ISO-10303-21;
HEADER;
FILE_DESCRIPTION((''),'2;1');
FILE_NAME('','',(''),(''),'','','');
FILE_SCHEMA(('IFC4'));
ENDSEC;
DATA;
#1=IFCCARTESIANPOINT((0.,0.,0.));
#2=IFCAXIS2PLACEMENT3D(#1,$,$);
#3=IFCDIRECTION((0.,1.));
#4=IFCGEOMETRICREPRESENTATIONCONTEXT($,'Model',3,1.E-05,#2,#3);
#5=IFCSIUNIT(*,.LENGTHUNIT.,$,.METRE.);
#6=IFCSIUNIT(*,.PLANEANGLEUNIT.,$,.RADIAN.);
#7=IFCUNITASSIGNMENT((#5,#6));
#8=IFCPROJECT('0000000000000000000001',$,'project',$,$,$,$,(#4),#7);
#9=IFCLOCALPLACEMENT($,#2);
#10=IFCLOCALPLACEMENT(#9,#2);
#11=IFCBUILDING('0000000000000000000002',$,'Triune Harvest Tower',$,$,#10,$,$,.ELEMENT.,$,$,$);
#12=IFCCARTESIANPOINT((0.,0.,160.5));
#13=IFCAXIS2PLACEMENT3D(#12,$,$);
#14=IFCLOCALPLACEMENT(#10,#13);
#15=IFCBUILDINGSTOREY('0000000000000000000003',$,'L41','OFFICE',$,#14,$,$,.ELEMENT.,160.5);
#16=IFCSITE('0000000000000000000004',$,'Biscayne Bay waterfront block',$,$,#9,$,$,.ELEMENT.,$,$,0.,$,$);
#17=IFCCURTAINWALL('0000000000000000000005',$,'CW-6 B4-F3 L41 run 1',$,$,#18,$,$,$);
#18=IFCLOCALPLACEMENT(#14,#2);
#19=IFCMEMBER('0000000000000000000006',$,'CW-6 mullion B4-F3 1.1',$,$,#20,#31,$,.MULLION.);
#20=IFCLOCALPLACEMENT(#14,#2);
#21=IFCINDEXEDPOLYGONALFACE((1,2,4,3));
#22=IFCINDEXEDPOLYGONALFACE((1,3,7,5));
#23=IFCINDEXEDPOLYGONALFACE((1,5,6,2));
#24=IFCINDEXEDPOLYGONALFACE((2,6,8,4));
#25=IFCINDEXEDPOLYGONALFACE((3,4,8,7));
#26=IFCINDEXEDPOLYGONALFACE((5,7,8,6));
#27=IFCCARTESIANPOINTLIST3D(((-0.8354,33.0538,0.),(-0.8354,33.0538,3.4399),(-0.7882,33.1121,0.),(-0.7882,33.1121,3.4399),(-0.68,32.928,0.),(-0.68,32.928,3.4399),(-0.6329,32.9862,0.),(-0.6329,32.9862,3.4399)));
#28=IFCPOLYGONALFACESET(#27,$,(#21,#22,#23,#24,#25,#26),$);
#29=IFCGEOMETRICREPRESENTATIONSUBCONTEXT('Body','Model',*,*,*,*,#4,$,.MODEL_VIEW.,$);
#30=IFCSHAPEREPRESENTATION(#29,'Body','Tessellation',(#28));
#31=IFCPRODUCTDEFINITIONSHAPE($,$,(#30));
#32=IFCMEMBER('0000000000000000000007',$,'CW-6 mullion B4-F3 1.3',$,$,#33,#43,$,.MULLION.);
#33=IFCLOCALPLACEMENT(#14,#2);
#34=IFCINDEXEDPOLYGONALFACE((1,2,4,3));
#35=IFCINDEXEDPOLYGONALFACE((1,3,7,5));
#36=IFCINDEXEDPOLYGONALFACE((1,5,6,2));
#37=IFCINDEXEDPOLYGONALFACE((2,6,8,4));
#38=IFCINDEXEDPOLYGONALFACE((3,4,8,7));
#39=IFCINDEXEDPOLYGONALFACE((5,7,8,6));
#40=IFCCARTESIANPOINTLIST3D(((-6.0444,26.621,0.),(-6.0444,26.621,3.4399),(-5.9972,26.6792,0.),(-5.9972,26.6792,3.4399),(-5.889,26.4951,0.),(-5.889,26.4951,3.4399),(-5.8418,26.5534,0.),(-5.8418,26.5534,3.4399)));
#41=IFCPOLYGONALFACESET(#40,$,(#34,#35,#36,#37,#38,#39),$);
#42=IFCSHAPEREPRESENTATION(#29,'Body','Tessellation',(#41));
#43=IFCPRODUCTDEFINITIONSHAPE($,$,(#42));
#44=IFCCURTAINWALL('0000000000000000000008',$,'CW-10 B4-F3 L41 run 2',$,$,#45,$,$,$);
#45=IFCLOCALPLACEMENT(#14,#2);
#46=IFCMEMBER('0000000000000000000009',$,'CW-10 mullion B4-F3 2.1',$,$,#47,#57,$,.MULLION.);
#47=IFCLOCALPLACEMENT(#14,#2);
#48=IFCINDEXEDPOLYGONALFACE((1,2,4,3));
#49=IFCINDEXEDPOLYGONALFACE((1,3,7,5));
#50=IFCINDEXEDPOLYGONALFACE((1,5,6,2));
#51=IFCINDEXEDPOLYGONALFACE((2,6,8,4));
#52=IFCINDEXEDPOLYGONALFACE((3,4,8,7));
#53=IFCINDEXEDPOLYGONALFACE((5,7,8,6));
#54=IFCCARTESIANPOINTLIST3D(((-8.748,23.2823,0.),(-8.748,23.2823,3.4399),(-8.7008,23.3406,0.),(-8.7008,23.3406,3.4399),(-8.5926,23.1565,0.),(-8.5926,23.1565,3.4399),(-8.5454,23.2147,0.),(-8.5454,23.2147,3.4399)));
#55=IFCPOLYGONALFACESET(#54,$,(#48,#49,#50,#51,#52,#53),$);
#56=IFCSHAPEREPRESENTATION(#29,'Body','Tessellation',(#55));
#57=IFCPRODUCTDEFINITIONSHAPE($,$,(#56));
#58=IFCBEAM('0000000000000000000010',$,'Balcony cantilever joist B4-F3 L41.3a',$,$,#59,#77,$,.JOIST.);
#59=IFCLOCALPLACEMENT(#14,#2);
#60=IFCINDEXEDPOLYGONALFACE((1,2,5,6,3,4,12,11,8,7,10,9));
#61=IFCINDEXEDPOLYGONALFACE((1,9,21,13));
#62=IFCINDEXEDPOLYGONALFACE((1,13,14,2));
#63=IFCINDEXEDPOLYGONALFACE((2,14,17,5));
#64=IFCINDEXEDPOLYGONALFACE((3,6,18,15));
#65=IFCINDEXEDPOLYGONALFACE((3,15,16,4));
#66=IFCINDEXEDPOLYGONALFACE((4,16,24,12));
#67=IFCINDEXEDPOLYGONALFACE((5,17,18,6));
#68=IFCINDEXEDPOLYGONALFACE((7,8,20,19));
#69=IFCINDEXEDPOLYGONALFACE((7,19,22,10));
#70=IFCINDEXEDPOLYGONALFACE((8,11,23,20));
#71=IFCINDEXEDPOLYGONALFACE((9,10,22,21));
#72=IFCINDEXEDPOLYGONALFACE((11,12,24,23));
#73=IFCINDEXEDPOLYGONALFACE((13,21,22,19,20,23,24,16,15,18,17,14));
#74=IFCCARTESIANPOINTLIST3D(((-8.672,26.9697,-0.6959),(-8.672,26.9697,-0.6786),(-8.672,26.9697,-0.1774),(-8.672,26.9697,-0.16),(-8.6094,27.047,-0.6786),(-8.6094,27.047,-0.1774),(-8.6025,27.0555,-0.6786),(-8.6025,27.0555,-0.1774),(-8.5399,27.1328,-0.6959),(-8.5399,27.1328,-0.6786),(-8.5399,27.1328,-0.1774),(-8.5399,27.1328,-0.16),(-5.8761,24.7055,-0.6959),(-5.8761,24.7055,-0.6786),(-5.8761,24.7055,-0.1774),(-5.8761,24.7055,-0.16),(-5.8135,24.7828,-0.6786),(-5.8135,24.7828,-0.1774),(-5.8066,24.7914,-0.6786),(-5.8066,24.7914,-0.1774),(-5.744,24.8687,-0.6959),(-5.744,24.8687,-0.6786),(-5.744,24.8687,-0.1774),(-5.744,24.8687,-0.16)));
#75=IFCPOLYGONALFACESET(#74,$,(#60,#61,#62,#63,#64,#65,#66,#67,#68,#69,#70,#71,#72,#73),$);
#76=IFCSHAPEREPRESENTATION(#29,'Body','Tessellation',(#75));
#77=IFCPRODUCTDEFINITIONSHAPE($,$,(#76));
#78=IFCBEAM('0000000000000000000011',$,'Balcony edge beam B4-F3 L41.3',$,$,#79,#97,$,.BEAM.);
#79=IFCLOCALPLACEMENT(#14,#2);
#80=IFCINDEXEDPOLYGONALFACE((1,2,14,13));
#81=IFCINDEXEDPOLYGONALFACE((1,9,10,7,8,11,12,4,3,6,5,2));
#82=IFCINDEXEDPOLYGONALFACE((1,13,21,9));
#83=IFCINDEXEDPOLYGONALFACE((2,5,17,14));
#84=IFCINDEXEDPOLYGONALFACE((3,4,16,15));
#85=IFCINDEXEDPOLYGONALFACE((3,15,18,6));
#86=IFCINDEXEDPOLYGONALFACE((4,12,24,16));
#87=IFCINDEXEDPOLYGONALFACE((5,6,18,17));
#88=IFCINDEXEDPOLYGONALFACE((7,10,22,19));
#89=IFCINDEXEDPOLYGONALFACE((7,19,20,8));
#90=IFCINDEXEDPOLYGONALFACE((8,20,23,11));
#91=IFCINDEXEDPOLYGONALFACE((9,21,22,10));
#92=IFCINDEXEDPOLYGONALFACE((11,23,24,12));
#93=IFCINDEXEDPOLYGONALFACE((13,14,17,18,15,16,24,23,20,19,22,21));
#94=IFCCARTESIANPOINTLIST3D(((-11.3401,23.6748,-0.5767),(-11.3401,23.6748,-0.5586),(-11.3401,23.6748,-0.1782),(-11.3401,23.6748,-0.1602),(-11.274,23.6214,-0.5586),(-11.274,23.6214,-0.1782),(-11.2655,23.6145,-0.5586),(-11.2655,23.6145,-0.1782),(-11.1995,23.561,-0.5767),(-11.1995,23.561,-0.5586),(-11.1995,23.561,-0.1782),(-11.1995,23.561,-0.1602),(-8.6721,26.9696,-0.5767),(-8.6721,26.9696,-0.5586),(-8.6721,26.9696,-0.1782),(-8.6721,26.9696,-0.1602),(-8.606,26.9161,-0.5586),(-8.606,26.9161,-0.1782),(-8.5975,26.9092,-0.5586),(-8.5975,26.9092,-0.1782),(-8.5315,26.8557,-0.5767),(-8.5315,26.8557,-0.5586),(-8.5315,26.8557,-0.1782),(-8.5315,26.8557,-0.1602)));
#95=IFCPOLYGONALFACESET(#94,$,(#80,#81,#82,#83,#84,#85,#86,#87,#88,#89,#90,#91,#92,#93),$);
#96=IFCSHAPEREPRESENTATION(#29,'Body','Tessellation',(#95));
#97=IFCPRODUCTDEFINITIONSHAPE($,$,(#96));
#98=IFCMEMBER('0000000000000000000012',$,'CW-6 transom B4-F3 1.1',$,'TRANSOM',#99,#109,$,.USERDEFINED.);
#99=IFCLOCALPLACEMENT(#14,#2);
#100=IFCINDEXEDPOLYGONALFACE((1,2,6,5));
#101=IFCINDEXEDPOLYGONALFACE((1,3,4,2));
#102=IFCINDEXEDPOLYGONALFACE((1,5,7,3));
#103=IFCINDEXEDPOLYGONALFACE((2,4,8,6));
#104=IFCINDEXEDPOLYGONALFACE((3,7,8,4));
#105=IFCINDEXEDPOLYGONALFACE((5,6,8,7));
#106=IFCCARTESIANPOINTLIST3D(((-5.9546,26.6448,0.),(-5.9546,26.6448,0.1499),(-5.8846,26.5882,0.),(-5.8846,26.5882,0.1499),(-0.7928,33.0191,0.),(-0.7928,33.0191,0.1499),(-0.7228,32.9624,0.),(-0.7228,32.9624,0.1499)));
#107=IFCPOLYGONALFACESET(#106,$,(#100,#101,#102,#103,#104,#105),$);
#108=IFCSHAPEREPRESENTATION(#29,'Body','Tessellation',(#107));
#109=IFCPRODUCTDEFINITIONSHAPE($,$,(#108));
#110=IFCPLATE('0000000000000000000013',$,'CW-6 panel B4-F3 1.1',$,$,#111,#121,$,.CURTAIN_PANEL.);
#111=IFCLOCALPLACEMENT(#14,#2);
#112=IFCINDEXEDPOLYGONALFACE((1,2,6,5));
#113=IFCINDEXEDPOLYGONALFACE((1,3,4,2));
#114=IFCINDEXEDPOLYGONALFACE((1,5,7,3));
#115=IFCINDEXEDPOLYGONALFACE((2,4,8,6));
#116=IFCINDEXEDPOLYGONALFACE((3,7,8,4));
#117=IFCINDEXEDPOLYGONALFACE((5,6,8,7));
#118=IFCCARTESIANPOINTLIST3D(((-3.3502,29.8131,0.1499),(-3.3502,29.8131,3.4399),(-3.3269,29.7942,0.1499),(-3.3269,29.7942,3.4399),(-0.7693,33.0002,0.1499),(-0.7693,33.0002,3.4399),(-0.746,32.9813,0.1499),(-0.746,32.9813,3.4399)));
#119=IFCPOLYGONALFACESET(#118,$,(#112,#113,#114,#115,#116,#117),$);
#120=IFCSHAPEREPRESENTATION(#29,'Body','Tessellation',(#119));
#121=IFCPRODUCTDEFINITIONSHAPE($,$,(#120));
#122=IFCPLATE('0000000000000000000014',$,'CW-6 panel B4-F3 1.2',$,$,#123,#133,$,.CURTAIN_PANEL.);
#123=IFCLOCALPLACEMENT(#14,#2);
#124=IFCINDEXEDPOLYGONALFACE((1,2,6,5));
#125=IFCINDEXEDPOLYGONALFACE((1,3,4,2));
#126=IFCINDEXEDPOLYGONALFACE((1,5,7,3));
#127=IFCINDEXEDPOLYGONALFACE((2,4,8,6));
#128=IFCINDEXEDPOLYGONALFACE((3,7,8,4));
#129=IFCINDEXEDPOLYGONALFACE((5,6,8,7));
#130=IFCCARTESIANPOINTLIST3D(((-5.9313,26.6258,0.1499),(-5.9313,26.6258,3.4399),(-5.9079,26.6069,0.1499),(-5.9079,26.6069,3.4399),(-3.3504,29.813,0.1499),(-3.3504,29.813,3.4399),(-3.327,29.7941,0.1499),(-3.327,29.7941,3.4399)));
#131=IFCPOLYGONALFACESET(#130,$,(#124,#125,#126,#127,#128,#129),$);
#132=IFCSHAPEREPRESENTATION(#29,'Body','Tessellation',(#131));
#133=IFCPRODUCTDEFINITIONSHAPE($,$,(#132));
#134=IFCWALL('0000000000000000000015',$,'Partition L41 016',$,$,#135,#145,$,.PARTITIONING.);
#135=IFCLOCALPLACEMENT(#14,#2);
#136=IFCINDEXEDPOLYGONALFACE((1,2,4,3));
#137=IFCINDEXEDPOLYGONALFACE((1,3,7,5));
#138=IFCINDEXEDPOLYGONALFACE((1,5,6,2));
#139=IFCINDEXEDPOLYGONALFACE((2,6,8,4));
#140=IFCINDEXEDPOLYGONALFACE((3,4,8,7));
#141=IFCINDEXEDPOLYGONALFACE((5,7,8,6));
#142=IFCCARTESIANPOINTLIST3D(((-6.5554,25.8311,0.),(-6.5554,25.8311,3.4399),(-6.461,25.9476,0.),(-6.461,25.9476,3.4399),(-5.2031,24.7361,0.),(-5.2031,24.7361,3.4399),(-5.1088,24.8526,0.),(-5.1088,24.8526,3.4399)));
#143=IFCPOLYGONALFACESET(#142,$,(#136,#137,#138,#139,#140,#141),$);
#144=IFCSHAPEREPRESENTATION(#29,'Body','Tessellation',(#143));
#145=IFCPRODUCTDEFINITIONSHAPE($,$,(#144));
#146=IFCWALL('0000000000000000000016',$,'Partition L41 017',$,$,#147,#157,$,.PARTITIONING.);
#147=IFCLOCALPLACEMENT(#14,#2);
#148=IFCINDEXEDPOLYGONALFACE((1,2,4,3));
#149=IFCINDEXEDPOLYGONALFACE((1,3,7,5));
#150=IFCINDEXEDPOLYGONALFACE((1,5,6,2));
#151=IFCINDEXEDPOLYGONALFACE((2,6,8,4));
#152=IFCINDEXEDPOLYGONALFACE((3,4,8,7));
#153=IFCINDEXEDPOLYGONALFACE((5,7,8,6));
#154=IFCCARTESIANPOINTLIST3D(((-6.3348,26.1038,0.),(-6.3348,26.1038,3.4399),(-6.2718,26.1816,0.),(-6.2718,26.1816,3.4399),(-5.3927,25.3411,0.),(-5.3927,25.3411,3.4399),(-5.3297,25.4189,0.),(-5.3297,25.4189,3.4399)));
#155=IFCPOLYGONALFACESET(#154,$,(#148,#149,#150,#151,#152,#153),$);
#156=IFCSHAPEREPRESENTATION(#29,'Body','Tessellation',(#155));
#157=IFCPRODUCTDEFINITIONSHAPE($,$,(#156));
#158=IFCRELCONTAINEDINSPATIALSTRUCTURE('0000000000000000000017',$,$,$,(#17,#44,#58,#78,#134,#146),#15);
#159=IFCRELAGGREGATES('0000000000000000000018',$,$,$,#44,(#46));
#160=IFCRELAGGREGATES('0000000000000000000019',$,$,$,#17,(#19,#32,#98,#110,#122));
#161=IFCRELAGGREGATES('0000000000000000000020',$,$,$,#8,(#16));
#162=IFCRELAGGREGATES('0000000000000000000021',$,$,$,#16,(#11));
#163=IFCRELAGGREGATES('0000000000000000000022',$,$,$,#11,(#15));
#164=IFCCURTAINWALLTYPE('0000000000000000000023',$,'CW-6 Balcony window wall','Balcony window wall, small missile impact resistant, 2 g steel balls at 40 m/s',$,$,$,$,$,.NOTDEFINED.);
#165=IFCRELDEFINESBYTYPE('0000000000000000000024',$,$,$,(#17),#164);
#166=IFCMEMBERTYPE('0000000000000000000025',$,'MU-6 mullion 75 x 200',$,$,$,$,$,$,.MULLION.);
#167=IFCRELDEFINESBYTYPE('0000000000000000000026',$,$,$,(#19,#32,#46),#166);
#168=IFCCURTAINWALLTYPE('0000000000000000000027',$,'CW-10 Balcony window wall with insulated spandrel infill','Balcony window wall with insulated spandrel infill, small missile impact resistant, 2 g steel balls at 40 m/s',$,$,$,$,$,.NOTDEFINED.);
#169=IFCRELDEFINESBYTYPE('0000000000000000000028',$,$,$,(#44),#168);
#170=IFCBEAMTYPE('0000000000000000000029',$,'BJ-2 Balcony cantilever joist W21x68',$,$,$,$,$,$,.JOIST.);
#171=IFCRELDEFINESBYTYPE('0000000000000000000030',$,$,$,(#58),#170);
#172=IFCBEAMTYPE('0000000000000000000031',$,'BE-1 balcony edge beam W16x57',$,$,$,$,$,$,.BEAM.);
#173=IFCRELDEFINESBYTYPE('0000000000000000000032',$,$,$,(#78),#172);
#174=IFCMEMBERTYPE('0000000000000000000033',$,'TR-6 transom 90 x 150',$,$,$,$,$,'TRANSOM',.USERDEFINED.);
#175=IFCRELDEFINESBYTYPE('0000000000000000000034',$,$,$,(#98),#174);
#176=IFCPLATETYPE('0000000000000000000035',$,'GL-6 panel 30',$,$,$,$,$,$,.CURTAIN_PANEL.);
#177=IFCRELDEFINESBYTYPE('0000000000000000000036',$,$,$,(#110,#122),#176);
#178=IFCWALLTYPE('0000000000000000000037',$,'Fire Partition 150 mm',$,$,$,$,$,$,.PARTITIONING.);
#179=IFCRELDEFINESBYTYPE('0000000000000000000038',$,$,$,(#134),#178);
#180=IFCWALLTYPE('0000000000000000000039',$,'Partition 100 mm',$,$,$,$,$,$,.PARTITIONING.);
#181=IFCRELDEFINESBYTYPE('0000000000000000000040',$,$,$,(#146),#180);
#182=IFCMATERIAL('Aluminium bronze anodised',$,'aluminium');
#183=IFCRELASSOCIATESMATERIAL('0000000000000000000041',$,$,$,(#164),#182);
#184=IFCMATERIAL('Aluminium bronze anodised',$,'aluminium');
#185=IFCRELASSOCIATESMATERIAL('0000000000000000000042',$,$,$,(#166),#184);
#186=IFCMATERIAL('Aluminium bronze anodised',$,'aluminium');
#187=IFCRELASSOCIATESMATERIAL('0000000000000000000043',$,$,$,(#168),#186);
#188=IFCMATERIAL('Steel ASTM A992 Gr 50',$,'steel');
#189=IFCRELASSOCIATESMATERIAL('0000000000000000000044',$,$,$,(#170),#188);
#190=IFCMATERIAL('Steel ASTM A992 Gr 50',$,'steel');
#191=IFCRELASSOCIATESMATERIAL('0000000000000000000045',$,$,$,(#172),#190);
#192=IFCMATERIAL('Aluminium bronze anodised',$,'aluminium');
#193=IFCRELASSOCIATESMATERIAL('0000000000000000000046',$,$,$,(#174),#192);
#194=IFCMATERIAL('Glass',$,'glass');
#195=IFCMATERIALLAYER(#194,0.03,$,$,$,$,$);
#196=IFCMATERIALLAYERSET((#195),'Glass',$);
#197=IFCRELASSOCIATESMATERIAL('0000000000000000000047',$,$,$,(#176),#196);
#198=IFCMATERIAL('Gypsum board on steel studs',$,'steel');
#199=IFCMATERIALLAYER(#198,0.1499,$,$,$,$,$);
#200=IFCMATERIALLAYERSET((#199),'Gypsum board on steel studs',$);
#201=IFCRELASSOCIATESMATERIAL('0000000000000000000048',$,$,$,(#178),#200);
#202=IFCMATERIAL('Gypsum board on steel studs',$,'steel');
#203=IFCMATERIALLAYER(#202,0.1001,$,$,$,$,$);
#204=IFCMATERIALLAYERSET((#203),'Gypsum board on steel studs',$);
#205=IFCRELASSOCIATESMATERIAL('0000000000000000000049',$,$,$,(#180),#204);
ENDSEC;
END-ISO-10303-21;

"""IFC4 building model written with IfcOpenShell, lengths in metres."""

from ifc_helpers import new_model, si_unit, direction, frame, frame_2d, origin, origin_2d, place, context, subcontext, project, spatial, rectangle, i_section, extrude, source, transform, mapped, material, layer, layer_set, material_profile, profile_set, type_object, element, aggregate, save


model = new_model("IFC4")

# Units and contexts
model_context = context("Model", 3, precision=1e-05, world=origin(), true_north=direction((0.0, 1.0)))
body_context = subcontext(model_context, "Body", "Model", "MODEL_VIEW")
ifc_project = project(units=[si_unit("LENGTHUNIT", "METRE"), si_unit("PLANEANGLEUNIT", "RADIAN")], contexts=[model_context])

# Site, building, storey
site_placement = place(None, origin())
site = spatial("IfcSite", under=ifc_project, at=site_placement, Name="Biscayne Bay waterfront block", CompositionType="ELEMENT", RefElevation=0.0)
building_placement = place(site_placement, origin())
building = spatial("IfcBuilding", under=site, at=building_placement, Name="Triune Harvest Tower", CompositionType="ELEMENT")
storey_placement = place(building_placement, frame((0.0, 0.0, 160.5)))
storey = spatial("IfcBuildingStorey", under=building, at=storey_placement, Name="L41", Description="OFFICE", CompositionType="ELEMENT", Elevation=160.5)

# Curtain wall, members
ifc_material_1 = material(Name="Aluminium bronze anodised", Category="aluminium")
curtain_wall_type_1 = type_object("IfcCurtainWallType", Name="CW-6 Balcony window wall", Description="Balcony window wall, small missile impact resistant, 2 g steel balls at 40 m/s", PredefinedType="NOTDEFINED", material=ifc_material_1)
curtain_wall_1_placement = place(storey_placement, origin())
curtain_wall_1 = element("IfcCurtainWall", 1, at=curtain_wall_1_placement, inside=storey, type_object=curtain_wall_type_1, Name="CW-6 B4-F3 L41 run 1")
ifc_material_2 = material(Name="Aluminium bronze anodised", Category="aluminium")
ifc_material_profile_1 = material_profile(ifc_material_2, rectangle(XDim=0.2, YDim=0.075, at=origin_2d()), Name="MU-6 mullion 75 x 200")
ifc_profile_set_1 = profile_set([ifc_material_profile_1], Name="Aluminium bronze anodised")
member_type_1 = type_object("IfcMemberType", Name="MU-6 mullion 75 x 200", PredefinedType="MULLION", material=ifc_profile_set_1)
shared_shape_1 = source(origin(), body_context, "Body", "SweptSolid", [
    extrude(rectangle(XDim=0.2, YDim=0.075, at=origin_2d()), origin(), (0.0, 0.0, 1.0), 3.4399),
])
member_1_placement = place(storey_placement, frame((-0.7341, 33.02, 0.0), z_axis=(0.0, 0.0, 1.0), x_axis=(0.777145, -0.629321, 0.0)))
member_1 = element("IfcMember", 2, at=member_1_placement, type_object=member_type_1, Name="CW-6 mullion B4-F3 1.1", PredefinedType="MULLION", context=body_context, shape_type="MappedRepresentation", body=[
    mapped(shared_shape_1, transform((0.0, 0.0, 0.0), scale=1.0)),
])
member_2_placement = place(storey_placement, frame((-5.9431, 26.5872, 0.0), z_axis=(0.0, 0.0, 1.0), x_axis=(0.777145, -0.629321, 0.0)))
member_2 = element("IfcMember", 3, at=member_2_placement, type_object=member_type_1, Name="CW-6 mullion B4-F3 1.3", PredefinedType="MULLION", context=body_context, shape_type="MappedRepresentation", body=[
    mapped(shared_shape_1, transform((0.0, 0.0, 0.0), scale=1.0)),
])

# Curtain wall, member
ifc_material_3 = material(Name="Aluminium bronze anodised", Category="aluminium")
curtain_wall_type_2 = type_object("IfcCurtainWallType", Name="CW-10 Balcony window wall with insulated spandrel infill", Description="Balcony window wall with insulated spandrel infill, small missile impact resistant, 2 g steel balls at 40 m/s", PredefinedType="NOTDEFINED", material=ifc_material_3)
curtain_wall_2_placement = place(storey_placement, origin())
curtain_wall_2 = element("IfcCurtainWall", 4, at=curtain_wall_2_placement, inside=storey, type_object=curtain_wall_type_2, Name="CW-10 B4-F3 L41 run 2")
member_3_placement = place(storey_placement, frame((-8.6467, 23.2485, 0.0), z_axis=(0.0, 0.0, 1.0), x_axis=(0.777142, -0.629325, 0.0)))
member_3 = element("IfcMember", 5, at=member_3_placement, type_object=member_type_1, Name="CW-10 mullion B4-F3 2.1", PredefinedType="MULLION", context=body_context, shape_type="MappedRepresentation", body=[
    mapped(shared_shape_1, transform((0.0, 0.0, 0.0), scale=1.0)),
])
aggregate(curtain_wall_2, [member_3])

# Beams
ifc_material_4 = material(Name="Steel ASTM A992 Gr 50", Category="steel")
ifc_material_profile_2 = material_profile(ifc_material_4, i_section(OverallWidth=0.21, OverallDepth=0.5359, WebThickness=0.011, FlangeThickness=0.0173, at=origin_2d()), Name="W21x68")
ifc_profile_set_2 = profile_set([ifc_material_profile_2], Name="Steel ASTM A992 Gr 50")
beam_type_1 = type_object("IfcBeamType", Name="BJ-2 Balcony cantilever joist W21x68", PredefinedType="JOIST", material=ifc_profile_set_2)
shared_shape_2 = source(origin(), body_context, "Body", "SweptSolid", [
    extrude(i_section(OverallWidth=0.21, OverallDepth=0.5359, WebThickness=0.011, FlangeThickness=0.0173, at=origin_2d()), origin(), (0.0, 0.0, 1.0), 3.5977),
])
beam_1_placement = place(storey_placement, frame((-5.8101, 24.7871, -0.428), z_axis=(-0.777134, 0.629335, 0.0), x_axis=(-0.629335, -0.777134, 0.0)))
element("IfcBeam", 6, at=beam_1_placement, inside=storey, type_object=beam_type_1, Name="Balcony cantilever joist B4-F3 L41.3a", PredefinedType="JOIST", context=body_context, shape_type="MappedRepresentation", body=[
    mapped(shared_shape_2, transform((0.0, 0.0, 0.0), scale=1.0)),
])
ifc_material_5 = material(Name="Steel ASTM A992 Gr 50", Category="steel")
ifc_material_profile_3 = material_profile(ifc_material_5, i_section(OverallWidth=0.1809, OverallDepth=0.4165, WebThickness=0.011, FlangeThickness=0.0181, at=origin_2d()), Name="W16x57")
ifc_profile_set_3 = profile_set([ifc_material_profile_3], Name="Steel ASTM A992 Gr 50")
beam_type_2 = type_object("IfcBeamType", Name="BE-1 balcony edge beam W16x57", PredefinedType="BEAM", material=ifc_profile_set_3)
shared_shape_3 = source(origin(), body_context, "Body", "SweptSolid", [
    extrude(i_section(OverallWidth=0.1809, OverallDepth=0.4165, WebThickness=0.011, FlangeThickness=0.0181, at=origin_2d()), origin(), (0.0, 0.0, 1.0), 4.2395),
])
beam_2_placement = place(storey_placement, frame((-11.2698, 23.6179, -0.3684), z_axis=(0.629319, 0.777147, 0.0), x_axis=(-0.777147, 0.629319, 0.0)))
element("IfcBeam", 7, at=beam_2_placement, inside=storey, type_object=beam_type_2, Name="Balcony edge beam B4-F3 L41.3", PredefinedType="BEAM", context=body_context, shape_type="MappedRepresentation", body=[
    mapped(shared_shape_3, transform((0.0, 0.0, 0.0), scale=1.0)),
])

# Member
ifc_material_6 = material(Name="Aluminium bronze anodised", Category="aluminium")
ifc_material_profile_4 = material_profile(ifc_material_6, rectangle(XDim=0.0901, YDim=0.1499, at=origin_2d()), Name="TR-6 transom 90 x 150")
ifc_profile_set_4 = profile_set([ifc_material_profile_4], Name="Aluminium bronze anodised")
member_type_2 = type_object("IfcMemberType", Name="TR-6 transom 90 x 150", ElementType="TRANSOM", PredefinedType="USERDEFINED", material=ifc_profile_set_4)
shared_shape_4 = source(origin(), body_context, "Body", "SweptSolid", [
    extrude(rectangle(XDim=0.0901, YDim=0.1499, at=origin_2d()), origin(), (0.0, 0.0, 1.0), 8.2021),
])
member_4_placement = place(storey_placement, frame((-0.7578, 32.9907, 0.075), z_axis=(-0.629327, -0.777141, 0.0), x_axis=(0.777141, -0.629327, 0.0)))
member_4 = element("IfcMember", 8, at=member_4_placement, type_object=member_type_2, Name="CW-6 transom B4-F3 1.1", ObjectType="TRANSOM", PredefinedType="USERDEFINED", context=body_context, shape_type="MappedRepresentation", body=[
    mapped(shared_shape_4, transform((0.0, 0.0, 0.0), scale=1.0)),
])

# Plates
ifc_material_7 = material(Name="Glass", Category="glass")
ifc_layer_1 = layer(ifc_material_7, 0.03)
ifc_layer_set_1 = layer_set([ifc_layer_1], Name="Glass")
plate_type = type_object("IfcPlateType", Name="GL-6 panel 30", PredefinedType="CURTAIN_PANEL", material=ifc_layer_set_1)
shared_shape_5 = source(origin(), body_context, "Body", "SweptSolid", [
    extrude(rectangle(XDim=4.1011, YDim=0.03, at=origin_2d()), origin(), (0.0, 0.0, 1.0), 3.29),
])
plate_1_placement = place(storey_placement, frame((-2.0481, 31.3972, 0.1499), z_axis=(0.0, 0.0, 1.0), x_axis=(-0.629321, -0.777145, 0.0)))
plate_1 = element("IfcPlate", 9, at=plate_1_placement, type_object=plate_type, Name="CW-6 panel B4-F3 1.1", PredefinedType="CURTAIN_PANEL", context=body_context, shape_type="MappedRepresentation", body=[
    mapped(shared_shape_5, transform((0.0, 0.0, 0.0), scale=1.0)),
])
plate_2_placement = place(storey_placement, frame((-4.6292, 28.21, 0.1499), z_axis=(0.0, 0.0, 1.0), x_axis=(-0.629321, -0.777145, 0.0)))
plate_2 = element("IfcPlate", 10, at=plate_2_placement, type_object=plate_type, Name="CW-6 panel B4-F3 1.2", PredefinedType="CURTAIN_PANEL", context=body_context, shape_type="MappedRepresentation", body=[
    mapped(shared_shape_5, transform((0.0, 0.0, 0.0), scale=1.0)),
])
aggregate(curtain_wall_1, [member_1, member_2, member_4, plate_1, plate_2])

# Walls
ifc_material_8 = material(Name="Gypsum board on steel studs", Category="steel")
ifc_layer_2 = layer(ifc_material_8, 0.1499)
ifc_layer_set_2 = layer_set([ifc_layer_2], Name="Gypsum board on steel studs")
wall_type_1 = type_object("IfcWallType", Name="Fire Partition 150 mm", PredefinedType="PARTITIONING", material=ifc_layer_set_2)
shared_shape_6 = source(origin(), body_context, "Body", "SweptSolid", [
    extrude(rectangle(XDim=1.74, YDim=0.1499, at=frame_2d((0.8701, 0.0))), origin(), (0.0, 0.0, 1.0), 3.4399),
])
wall_1_placement = place(storey_placement, frame((-6.5083, 25.8894, 0.0), z_axis=(0.0, 0.0, 1.0), x_axis=(0.777173, -0.629287, 0.0)))
element("IfcWall", 11, at=wall_1_placement, inside=storey, type_object=wall_type_1, Name="Partition L41 016", PredefinedType="PARTITIONING", context=body_context, shape_type="MappedRepresentation", body=[
    mapped(shared_shape_6, transform((0.0, 0.0, 0.0), scale=1.0)),
])
ifc_material_9 = material(Name="Gypsum board on steel studs", Category="steel")
ifc_layer_3 = layer(ifc_material_9, 0.1001)
ifc_layer_set_3 = layer_set([ifc_layer_3], Name="Gypsum board on steel studs")
wall_type_2 = type_object("IfcWallType", Name="Partition 100 mm", PredefinedType="PARTITIONING", material=ifc_layer_set_3)
shared_shape_7 = source(origin(), body_context, "Body", "SweptSolid", [
    extrude(rectangle(XDim=1.2122, YDim=0.1001, at=frame_2d((0.606, 0.0))), origin(), (0.0, 0.0, 1.0), 3.4399),
])
wall_2_placement = place(storey_placement, frame((-6.3032, 26.1426, 0.0), z_axis=(0.0, 0.0, 1.0), x_axis=(0.77724, -0.629204, 0.0)))
element("IfcWall", 12, at=wall_2_placement, inside=storey, type_object=wall_type_2, Name="Partition L41 017", PredefinedType="PARTITIONING", context=body_context, shape_type="MappedRepresentation", body=[
    mapped(shared_shape_7, transform((0.0, 0.0, 0.0), scale=1.0)),
])

save(model, "model.ifc")
